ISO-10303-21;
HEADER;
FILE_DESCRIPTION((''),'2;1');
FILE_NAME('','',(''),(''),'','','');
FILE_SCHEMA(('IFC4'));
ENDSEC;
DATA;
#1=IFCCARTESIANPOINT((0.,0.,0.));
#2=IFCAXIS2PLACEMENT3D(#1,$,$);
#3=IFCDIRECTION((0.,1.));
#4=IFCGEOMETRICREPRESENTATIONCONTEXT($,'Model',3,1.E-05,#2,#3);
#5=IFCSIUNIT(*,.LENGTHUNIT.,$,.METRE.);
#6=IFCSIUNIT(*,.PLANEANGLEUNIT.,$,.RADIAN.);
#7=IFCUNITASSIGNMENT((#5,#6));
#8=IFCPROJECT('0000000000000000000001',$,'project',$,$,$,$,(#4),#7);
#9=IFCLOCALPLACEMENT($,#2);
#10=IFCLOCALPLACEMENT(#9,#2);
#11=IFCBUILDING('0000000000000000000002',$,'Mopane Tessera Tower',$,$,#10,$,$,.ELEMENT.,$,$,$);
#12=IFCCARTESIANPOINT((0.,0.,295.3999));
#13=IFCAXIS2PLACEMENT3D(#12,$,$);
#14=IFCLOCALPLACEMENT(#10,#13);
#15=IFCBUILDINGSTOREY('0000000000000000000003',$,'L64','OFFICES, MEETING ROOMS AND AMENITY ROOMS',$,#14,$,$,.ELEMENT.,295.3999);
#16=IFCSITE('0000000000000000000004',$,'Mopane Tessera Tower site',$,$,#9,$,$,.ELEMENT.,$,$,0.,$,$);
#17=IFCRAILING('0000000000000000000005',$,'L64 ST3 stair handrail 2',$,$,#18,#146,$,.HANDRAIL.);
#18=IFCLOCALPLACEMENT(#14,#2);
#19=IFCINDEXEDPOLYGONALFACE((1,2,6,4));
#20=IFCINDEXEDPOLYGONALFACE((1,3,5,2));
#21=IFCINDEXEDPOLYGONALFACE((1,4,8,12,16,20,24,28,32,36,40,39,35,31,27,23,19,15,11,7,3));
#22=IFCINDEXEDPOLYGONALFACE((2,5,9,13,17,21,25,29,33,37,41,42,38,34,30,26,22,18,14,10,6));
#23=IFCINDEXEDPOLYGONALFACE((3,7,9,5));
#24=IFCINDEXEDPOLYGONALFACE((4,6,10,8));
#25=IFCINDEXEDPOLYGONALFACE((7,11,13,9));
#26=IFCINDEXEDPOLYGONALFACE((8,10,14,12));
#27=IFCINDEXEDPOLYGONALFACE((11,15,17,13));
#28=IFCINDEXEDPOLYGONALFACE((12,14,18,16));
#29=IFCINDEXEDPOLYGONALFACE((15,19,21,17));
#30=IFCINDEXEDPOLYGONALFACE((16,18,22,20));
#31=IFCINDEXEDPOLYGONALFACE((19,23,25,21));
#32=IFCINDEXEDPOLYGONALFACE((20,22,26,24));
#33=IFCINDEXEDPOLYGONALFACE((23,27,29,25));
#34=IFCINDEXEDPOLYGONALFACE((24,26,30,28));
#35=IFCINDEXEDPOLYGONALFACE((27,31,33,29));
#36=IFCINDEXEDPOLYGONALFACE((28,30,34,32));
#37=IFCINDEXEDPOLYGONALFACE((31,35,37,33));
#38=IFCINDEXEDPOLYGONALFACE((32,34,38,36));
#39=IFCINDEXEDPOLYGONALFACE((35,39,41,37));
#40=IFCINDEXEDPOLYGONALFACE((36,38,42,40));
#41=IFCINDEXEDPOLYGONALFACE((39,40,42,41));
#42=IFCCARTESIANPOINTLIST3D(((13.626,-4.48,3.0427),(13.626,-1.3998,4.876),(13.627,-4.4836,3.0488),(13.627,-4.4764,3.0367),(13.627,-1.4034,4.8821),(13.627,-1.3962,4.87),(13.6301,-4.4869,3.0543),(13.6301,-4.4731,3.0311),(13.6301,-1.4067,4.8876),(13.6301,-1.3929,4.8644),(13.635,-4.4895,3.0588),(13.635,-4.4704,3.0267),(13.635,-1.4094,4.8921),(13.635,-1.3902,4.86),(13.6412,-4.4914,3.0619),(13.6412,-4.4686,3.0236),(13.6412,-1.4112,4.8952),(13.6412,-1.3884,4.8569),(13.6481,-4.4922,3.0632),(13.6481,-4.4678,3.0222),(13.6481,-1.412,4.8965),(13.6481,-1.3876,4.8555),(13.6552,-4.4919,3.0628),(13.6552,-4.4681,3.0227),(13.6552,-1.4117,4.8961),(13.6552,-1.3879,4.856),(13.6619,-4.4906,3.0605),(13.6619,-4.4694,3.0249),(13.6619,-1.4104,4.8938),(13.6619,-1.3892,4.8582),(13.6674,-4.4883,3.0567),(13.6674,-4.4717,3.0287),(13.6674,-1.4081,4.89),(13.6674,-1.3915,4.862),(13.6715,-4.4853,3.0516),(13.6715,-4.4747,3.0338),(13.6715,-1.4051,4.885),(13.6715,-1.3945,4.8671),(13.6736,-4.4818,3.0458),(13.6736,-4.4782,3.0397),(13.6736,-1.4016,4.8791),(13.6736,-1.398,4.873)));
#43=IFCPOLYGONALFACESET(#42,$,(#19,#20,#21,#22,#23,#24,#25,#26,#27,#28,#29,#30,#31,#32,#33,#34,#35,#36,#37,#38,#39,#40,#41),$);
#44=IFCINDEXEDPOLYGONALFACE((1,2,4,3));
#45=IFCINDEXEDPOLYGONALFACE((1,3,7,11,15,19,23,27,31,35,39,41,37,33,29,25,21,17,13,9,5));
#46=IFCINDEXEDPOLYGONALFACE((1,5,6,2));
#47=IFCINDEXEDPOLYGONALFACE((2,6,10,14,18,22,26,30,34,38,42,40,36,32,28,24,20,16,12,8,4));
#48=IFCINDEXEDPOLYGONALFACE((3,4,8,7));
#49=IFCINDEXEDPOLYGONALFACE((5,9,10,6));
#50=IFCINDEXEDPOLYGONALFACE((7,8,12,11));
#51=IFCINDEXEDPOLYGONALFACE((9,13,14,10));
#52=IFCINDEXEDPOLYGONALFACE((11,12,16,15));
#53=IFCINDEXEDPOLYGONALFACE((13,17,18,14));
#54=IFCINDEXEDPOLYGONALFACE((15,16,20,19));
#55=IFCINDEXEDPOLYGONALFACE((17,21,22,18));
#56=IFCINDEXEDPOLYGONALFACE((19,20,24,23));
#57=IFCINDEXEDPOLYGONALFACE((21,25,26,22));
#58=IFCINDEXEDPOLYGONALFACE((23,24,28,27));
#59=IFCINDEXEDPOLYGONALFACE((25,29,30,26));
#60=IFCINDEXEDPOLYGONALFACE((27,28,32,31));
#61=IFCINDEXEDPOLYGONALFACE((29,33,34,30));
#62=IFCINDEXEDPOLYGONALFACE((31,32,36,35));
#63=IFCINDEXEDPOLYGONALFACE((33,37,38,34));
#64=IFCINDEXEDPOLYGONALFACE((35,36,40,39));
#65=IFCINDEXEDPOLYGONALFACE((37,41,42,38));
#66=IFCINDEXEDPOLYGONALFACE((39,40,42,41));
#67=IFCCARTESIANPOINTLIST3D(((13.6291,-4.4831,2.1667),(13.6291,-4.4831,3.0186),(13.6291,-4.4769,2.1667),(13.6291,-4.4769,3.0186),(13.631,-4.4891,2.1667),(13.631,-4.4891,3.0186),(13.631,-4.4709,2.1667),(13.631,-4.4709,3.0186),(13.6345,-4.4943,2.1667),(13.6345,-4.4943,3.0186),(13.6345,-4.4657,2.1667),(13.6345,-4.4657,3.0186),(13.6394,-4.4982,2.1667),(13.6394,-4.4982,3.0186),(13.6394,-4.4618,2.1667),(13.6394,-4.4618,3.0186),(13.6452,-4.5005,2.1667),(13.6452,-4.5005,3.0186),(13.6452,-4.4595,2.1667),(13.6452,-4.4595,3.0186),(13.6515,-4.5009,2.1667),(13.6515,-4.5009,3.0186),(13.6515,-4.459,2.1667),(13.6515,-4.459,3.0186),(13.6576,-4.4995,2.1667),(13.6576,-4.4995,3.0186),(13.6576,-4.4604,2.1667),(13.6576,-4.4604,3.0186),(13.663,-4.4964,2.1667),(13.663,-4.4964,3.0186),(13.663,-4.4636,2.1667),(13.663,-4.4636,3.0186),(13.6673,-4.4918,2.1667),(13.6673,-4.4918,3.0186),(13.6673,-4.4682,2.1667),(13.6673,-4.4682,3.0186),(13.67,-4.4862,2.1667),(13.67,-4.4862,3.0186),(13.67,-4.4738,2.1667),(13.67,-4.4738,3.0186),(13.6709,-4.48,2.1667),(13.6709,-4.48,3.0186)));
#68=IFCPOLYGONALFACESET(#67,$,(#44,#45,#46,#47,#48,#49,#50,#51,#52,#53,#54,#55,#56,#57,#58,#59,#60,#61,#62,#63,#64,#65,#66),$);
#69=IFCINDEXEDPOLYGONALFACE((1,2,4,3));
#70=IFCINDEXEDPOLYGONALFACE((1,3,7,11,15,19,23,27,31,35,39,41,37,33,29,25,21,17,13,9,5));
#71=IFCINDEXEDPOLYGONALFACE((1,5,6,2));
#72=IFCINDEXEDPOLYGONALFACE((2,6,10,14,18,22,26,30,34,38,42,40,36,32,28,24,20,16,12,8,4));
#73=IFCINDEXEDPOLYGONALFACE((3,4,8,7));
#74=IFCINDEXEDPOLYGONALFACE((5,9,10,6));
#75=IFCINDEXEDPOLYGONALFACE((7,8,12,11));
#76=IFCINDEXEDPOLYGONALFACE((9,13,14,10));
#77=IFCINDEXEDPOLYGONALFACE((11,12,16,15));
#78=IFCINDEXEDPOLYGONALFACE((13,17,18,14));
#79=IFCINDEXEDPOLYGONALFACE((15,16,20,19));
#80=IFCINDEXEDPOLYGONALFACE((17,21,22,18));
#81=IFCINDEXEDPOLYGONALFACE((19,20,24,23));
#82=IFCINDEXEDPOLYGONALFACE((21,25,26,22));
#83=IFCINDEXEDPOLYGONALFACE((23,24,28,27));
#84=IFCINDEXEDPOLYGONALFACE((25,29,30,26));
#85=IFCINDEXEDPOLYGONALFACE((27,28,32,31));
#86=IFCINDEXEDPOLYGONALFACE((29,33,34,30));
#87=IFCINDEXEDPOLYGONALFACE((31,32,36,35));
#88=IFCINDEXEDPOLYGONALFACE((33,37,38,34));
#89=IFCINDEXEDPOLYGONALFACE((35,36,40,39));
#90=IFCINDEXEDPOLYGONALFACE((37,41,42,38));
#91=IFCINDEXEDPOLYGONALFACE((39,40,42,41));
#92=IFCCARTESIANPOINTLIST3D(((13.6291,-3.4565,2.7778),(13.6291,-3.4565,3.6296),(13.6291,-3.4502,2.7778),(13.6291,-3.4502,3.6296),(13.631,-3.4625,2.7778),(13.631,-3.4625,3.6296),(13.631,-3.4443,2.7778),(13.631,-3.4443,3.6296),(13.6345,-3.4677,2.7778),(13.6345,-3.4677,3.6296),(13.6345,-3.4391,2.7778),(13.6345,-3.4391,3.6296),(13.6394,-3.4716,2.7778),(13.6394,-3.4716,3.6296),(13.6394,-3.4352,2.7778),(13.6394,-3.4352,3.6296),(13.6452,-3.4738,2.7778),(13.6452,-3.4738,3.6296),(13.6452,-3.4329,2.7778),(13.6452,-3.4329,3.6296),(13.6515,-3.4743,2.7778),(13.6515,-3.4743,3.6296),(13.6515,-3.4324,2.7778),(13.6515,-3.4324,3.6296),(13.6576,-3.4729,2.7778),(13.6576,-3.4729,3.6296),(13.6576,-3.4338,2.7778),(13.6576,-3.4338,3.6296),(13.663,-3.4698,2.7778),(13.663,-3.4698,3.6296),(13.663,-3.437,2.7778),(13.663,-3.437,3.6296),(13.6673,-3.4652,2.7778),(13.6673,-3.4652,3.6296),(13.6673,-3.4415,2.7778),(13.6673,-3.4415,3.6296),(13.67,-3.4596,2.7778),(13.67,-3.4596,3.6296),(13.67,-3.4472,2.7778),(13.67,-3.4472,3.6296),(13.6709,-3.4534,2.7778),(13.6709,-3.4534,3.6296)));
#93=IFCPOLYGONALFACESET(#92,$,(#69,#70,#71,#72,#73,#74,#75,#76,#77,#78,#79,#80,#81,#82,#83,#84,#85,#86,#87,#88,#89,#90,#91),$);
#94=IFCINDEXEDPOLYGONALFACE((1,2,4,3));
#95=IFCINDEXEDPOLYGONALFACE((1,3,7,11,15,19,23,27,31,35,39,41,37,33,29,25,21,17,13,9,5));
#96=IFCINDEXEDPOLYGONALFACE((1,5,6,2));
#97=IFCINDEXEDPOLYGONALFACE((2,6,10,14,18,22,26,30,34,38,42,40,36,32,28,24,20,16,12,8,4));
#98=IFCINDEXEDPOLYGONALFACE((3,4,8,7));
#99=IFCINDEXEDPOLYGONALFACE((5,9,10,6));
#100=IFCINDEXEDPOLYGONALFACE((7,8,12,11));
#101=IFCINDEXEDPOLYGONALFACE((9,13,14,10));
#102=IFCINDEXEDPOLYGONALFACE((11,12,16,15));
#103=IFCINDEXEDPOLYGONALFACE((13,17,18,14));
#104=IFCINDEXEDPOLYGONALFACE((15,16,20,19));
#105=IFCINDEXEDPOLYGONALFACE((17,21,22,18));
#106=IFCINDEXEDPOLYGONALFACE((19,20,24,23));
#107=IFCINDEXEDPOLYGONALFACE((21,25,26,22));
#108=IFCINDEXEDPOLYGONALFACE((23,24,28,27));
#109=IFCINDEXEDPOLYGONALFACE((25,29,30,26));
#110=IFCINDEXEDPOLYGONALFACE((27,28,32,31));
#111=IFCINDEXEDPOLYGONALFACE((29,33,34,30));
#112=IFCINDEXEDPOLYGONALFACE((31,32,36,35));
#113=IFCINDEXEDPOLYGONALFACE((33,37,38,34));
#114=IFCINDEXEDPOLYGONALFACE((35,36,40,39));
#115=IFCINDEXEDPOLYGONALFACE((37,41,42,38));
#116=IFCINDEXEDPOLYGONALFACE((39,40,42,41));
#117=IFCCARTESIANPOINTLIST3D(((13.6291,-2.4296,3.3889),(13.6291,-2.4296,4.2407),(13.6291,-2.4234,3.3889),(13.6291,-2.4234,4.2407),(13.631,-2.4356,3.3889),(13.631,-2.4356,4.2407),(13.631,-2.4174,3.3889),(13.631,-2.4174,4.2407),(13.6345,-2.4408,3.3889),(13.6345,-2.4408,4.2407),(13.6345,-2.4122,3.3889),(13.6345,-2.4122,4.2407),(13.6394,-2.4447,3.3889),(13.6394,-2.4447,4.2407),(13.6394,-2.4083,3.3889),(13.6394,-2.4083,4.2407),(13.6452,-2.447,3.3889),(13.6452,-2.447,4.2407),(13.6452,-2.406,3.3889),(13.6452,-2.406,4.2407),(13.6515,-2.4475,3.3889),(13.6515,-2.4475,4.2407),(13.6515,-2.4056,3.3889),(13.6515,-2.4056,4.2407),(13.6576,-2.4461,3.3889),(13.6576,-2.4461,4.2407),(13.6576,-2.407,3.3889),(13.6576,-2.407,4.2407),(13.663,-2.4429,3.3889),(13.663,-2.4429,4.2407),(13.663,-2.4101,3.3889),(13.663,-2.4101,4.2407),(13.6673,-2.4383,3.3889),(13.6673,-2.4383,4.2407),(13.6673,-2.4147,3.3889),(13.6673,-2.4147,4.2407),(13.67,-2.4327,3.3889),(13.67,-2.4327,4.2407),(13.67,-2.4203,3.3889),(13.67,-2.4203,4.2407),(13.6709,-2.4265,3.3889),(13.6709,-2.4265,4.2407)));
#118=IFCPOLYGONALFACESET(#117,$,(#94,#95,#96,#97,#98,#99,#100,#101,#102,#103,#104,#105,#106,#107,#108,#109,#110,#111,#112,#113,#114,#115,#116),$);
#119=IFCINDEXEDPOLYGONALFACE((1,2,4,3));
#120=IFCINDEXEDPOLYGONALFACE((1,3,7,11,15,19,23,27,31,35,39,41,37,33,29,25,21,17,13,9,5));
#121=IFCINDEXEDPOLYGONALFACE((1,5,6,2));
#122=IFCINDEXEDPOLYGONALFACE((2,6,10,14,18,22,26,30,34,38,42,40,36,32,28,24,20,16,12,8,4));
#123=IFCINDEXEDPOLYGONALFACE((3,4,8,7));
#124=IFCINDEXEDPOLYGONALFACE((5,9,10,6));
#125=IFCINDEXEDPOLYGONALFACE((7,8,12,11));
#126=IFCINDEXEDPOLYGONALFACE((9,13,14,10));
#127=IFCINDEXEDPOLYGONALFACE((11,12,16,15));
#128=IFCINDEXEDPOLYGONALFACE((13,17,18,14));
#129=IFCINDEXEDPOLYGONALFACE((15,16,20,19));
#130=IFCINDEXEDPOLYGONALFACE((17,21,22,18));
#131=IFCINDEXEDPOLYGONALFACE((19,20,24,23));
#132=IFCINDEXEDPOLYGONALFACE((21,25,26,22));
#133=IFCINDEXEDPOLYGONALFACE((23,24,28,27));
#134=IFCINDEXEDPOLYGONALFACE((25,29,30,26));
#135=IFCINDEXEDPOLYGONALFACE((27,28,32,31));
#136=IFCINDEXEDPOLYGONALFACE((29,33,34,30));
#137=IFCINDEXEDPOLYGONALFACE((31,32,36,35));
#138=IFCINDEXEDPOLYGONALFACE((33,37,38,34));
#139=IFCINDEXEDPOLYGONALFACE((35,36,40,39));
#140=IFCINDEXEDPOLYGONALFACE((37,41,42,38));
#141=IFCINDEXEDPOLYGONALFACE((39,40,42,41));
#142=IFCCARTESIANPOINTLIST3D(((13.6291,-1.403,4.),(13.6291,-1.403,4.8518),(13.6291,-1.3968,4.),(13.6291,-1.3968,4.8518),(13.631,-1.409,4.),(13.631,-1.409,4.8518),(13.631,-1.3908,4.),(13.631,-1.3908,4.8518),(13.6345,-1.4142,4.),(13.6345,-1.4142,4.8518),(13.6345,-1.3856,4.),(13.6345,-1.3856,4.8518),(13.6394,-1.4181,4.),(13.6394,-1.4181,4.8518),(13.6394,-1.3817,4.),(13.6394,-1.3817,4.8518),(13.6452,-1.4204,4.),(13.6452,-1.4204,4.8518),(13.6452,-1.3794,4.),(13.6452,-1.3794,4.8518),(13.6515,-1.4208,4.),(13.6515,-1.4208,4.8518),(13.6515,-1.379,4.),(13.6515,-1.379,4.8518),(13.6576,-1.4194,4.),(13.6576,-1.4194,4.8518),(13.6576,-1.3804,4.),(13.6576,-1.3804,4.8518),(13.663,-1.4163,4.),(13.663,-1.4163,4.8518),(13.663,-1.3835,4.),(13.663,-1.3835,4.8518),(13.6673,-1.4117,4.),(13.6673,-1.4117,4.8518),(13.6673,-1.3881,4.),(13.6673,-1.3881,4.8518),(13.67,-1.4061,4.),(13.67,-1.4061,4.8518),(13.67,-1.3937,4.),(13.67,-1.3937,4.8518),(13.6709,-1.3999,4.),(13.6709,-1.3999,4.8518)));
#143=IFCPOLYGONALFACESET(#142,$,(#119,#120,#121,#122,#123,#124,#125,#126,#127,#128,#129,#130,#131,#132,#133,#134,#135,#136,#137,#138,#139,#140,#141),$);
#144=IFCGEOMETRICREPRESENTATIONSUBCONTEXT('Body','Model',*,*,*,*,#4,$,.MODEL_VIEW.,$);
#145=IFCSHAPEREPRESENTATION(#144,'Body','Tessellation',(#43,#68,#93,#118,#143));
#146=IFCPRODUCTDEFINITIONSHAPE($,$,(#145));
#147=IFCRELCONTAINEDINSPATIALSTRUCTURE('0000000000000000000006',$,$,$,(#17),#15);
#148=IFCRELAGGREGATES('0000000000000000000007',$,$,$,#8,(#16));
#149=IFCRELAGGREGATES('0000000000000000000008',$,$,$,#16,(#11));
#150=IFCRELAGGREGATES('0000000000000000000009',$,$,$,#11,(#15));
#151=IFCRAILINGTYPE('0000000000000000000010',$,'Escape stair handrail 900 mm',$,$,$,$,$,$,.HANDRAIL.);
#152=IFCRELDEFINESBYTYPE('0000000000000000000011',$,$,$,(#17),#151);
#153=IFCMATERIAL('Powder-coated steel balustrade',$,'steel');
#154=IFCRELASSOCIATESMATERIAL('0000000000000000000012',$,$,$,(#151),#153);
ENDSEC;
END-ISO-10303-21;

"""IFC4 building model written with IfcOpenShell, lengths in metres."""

from ifc_helpers import new_model, si_unit, direction, frame, origin, origin_2d, place, context, subcontext, project, spatial, circle, extrude, material, type_object, element, save


model = new_model("IFC4")

# Units and contexts
model_context = context("Model", 3, precision=1e-05, world=origin(), true_north=direction((0.0, 1.0)))
body_context = subcontext(model_context, "Body", "Model", "MODEL_VIEW")
ifc_project = project(units=[si_unit("LENGTHUNIT", "METRE"), si_unit("PLANEANGLEUNIT", "RADIAN")], contexts=[model_context])

# Site, building, storey
site_placement = place(None, origin())
site = spatial("IfcSite", under=ifc_project, at=site_placement, Name="Mopane Tessera Tower site", CompositionType="ELEMENT", RefElevation=0.0)
building_placement = place(site_placement, origin())
building = spatial("IfcBuilding", under=site, at=building_placement, Name="Mopane Tessera Tower", CompositionType="ELEMENT")
storey_placement = place(building_placement, frame((0.0, 0.0, 295.3999)))
storey = spatial("IfcBuildingStorey", under=building, at=storey_placement, Name="L64", Description="OFFICES, MEETING ROOMS AND AMENITY ROOMS", CompositionType="ELEMENT", Elevation=295.3999)

# Railing
ifc_material_1 = material(Name="Powder-coated steel balustrade", Category="steel")
railing_type_1 = type_object("IfcRailingType", Name="Escape stair handrail 900 mm", PredefinedType="HANDRAIL", material=ifc_material_1)
railing_1_placement = place(storey_placement, frame((13.6499, -4.48, 2.1667)))
element("IfcRailing", 1, at=railing_1_placement, inside=storey, type_object=railing_type_1, Name="L64 ST3 stair handrail 2", PredefinedType="HANDRAIL", context=body_context, shape_type="SweptSolid", body=[
    extrude(circle(Radius=0.0239, at=origin_2d()), frame((0.0, 0.0, 0.876), z_axis=(0.0, 0.859309, 0.511458), x_axis=(-1.0, 0.0, 0.0)), (0.0, 0.0, 1.0), 3.5845),
    extrude(circle(Radius=0.021, at=origin_2d()), origin(), (0.0, 0.0, 1.0), 0.8518),
    extrude(circle(Radius=0.021, at=origin_2d()), frame((0.0, 1.0266, 0.6111)), (0.0, 0.0, 1.0), 0.8518),
    extrude(circle(Radius=0.021, at=origin_2d()), frame((0.0, 2.0535, 1.2222)), (0.0, 0.0, 1.0), 0.8518),
    extrude(circle(Radius=0.021, at=origin_2d()), frame((0.0, 3.0801, 1.8333)), (0.0, 0.0, 1.0), 0.8518),
])

save(model, "model.ifc")
